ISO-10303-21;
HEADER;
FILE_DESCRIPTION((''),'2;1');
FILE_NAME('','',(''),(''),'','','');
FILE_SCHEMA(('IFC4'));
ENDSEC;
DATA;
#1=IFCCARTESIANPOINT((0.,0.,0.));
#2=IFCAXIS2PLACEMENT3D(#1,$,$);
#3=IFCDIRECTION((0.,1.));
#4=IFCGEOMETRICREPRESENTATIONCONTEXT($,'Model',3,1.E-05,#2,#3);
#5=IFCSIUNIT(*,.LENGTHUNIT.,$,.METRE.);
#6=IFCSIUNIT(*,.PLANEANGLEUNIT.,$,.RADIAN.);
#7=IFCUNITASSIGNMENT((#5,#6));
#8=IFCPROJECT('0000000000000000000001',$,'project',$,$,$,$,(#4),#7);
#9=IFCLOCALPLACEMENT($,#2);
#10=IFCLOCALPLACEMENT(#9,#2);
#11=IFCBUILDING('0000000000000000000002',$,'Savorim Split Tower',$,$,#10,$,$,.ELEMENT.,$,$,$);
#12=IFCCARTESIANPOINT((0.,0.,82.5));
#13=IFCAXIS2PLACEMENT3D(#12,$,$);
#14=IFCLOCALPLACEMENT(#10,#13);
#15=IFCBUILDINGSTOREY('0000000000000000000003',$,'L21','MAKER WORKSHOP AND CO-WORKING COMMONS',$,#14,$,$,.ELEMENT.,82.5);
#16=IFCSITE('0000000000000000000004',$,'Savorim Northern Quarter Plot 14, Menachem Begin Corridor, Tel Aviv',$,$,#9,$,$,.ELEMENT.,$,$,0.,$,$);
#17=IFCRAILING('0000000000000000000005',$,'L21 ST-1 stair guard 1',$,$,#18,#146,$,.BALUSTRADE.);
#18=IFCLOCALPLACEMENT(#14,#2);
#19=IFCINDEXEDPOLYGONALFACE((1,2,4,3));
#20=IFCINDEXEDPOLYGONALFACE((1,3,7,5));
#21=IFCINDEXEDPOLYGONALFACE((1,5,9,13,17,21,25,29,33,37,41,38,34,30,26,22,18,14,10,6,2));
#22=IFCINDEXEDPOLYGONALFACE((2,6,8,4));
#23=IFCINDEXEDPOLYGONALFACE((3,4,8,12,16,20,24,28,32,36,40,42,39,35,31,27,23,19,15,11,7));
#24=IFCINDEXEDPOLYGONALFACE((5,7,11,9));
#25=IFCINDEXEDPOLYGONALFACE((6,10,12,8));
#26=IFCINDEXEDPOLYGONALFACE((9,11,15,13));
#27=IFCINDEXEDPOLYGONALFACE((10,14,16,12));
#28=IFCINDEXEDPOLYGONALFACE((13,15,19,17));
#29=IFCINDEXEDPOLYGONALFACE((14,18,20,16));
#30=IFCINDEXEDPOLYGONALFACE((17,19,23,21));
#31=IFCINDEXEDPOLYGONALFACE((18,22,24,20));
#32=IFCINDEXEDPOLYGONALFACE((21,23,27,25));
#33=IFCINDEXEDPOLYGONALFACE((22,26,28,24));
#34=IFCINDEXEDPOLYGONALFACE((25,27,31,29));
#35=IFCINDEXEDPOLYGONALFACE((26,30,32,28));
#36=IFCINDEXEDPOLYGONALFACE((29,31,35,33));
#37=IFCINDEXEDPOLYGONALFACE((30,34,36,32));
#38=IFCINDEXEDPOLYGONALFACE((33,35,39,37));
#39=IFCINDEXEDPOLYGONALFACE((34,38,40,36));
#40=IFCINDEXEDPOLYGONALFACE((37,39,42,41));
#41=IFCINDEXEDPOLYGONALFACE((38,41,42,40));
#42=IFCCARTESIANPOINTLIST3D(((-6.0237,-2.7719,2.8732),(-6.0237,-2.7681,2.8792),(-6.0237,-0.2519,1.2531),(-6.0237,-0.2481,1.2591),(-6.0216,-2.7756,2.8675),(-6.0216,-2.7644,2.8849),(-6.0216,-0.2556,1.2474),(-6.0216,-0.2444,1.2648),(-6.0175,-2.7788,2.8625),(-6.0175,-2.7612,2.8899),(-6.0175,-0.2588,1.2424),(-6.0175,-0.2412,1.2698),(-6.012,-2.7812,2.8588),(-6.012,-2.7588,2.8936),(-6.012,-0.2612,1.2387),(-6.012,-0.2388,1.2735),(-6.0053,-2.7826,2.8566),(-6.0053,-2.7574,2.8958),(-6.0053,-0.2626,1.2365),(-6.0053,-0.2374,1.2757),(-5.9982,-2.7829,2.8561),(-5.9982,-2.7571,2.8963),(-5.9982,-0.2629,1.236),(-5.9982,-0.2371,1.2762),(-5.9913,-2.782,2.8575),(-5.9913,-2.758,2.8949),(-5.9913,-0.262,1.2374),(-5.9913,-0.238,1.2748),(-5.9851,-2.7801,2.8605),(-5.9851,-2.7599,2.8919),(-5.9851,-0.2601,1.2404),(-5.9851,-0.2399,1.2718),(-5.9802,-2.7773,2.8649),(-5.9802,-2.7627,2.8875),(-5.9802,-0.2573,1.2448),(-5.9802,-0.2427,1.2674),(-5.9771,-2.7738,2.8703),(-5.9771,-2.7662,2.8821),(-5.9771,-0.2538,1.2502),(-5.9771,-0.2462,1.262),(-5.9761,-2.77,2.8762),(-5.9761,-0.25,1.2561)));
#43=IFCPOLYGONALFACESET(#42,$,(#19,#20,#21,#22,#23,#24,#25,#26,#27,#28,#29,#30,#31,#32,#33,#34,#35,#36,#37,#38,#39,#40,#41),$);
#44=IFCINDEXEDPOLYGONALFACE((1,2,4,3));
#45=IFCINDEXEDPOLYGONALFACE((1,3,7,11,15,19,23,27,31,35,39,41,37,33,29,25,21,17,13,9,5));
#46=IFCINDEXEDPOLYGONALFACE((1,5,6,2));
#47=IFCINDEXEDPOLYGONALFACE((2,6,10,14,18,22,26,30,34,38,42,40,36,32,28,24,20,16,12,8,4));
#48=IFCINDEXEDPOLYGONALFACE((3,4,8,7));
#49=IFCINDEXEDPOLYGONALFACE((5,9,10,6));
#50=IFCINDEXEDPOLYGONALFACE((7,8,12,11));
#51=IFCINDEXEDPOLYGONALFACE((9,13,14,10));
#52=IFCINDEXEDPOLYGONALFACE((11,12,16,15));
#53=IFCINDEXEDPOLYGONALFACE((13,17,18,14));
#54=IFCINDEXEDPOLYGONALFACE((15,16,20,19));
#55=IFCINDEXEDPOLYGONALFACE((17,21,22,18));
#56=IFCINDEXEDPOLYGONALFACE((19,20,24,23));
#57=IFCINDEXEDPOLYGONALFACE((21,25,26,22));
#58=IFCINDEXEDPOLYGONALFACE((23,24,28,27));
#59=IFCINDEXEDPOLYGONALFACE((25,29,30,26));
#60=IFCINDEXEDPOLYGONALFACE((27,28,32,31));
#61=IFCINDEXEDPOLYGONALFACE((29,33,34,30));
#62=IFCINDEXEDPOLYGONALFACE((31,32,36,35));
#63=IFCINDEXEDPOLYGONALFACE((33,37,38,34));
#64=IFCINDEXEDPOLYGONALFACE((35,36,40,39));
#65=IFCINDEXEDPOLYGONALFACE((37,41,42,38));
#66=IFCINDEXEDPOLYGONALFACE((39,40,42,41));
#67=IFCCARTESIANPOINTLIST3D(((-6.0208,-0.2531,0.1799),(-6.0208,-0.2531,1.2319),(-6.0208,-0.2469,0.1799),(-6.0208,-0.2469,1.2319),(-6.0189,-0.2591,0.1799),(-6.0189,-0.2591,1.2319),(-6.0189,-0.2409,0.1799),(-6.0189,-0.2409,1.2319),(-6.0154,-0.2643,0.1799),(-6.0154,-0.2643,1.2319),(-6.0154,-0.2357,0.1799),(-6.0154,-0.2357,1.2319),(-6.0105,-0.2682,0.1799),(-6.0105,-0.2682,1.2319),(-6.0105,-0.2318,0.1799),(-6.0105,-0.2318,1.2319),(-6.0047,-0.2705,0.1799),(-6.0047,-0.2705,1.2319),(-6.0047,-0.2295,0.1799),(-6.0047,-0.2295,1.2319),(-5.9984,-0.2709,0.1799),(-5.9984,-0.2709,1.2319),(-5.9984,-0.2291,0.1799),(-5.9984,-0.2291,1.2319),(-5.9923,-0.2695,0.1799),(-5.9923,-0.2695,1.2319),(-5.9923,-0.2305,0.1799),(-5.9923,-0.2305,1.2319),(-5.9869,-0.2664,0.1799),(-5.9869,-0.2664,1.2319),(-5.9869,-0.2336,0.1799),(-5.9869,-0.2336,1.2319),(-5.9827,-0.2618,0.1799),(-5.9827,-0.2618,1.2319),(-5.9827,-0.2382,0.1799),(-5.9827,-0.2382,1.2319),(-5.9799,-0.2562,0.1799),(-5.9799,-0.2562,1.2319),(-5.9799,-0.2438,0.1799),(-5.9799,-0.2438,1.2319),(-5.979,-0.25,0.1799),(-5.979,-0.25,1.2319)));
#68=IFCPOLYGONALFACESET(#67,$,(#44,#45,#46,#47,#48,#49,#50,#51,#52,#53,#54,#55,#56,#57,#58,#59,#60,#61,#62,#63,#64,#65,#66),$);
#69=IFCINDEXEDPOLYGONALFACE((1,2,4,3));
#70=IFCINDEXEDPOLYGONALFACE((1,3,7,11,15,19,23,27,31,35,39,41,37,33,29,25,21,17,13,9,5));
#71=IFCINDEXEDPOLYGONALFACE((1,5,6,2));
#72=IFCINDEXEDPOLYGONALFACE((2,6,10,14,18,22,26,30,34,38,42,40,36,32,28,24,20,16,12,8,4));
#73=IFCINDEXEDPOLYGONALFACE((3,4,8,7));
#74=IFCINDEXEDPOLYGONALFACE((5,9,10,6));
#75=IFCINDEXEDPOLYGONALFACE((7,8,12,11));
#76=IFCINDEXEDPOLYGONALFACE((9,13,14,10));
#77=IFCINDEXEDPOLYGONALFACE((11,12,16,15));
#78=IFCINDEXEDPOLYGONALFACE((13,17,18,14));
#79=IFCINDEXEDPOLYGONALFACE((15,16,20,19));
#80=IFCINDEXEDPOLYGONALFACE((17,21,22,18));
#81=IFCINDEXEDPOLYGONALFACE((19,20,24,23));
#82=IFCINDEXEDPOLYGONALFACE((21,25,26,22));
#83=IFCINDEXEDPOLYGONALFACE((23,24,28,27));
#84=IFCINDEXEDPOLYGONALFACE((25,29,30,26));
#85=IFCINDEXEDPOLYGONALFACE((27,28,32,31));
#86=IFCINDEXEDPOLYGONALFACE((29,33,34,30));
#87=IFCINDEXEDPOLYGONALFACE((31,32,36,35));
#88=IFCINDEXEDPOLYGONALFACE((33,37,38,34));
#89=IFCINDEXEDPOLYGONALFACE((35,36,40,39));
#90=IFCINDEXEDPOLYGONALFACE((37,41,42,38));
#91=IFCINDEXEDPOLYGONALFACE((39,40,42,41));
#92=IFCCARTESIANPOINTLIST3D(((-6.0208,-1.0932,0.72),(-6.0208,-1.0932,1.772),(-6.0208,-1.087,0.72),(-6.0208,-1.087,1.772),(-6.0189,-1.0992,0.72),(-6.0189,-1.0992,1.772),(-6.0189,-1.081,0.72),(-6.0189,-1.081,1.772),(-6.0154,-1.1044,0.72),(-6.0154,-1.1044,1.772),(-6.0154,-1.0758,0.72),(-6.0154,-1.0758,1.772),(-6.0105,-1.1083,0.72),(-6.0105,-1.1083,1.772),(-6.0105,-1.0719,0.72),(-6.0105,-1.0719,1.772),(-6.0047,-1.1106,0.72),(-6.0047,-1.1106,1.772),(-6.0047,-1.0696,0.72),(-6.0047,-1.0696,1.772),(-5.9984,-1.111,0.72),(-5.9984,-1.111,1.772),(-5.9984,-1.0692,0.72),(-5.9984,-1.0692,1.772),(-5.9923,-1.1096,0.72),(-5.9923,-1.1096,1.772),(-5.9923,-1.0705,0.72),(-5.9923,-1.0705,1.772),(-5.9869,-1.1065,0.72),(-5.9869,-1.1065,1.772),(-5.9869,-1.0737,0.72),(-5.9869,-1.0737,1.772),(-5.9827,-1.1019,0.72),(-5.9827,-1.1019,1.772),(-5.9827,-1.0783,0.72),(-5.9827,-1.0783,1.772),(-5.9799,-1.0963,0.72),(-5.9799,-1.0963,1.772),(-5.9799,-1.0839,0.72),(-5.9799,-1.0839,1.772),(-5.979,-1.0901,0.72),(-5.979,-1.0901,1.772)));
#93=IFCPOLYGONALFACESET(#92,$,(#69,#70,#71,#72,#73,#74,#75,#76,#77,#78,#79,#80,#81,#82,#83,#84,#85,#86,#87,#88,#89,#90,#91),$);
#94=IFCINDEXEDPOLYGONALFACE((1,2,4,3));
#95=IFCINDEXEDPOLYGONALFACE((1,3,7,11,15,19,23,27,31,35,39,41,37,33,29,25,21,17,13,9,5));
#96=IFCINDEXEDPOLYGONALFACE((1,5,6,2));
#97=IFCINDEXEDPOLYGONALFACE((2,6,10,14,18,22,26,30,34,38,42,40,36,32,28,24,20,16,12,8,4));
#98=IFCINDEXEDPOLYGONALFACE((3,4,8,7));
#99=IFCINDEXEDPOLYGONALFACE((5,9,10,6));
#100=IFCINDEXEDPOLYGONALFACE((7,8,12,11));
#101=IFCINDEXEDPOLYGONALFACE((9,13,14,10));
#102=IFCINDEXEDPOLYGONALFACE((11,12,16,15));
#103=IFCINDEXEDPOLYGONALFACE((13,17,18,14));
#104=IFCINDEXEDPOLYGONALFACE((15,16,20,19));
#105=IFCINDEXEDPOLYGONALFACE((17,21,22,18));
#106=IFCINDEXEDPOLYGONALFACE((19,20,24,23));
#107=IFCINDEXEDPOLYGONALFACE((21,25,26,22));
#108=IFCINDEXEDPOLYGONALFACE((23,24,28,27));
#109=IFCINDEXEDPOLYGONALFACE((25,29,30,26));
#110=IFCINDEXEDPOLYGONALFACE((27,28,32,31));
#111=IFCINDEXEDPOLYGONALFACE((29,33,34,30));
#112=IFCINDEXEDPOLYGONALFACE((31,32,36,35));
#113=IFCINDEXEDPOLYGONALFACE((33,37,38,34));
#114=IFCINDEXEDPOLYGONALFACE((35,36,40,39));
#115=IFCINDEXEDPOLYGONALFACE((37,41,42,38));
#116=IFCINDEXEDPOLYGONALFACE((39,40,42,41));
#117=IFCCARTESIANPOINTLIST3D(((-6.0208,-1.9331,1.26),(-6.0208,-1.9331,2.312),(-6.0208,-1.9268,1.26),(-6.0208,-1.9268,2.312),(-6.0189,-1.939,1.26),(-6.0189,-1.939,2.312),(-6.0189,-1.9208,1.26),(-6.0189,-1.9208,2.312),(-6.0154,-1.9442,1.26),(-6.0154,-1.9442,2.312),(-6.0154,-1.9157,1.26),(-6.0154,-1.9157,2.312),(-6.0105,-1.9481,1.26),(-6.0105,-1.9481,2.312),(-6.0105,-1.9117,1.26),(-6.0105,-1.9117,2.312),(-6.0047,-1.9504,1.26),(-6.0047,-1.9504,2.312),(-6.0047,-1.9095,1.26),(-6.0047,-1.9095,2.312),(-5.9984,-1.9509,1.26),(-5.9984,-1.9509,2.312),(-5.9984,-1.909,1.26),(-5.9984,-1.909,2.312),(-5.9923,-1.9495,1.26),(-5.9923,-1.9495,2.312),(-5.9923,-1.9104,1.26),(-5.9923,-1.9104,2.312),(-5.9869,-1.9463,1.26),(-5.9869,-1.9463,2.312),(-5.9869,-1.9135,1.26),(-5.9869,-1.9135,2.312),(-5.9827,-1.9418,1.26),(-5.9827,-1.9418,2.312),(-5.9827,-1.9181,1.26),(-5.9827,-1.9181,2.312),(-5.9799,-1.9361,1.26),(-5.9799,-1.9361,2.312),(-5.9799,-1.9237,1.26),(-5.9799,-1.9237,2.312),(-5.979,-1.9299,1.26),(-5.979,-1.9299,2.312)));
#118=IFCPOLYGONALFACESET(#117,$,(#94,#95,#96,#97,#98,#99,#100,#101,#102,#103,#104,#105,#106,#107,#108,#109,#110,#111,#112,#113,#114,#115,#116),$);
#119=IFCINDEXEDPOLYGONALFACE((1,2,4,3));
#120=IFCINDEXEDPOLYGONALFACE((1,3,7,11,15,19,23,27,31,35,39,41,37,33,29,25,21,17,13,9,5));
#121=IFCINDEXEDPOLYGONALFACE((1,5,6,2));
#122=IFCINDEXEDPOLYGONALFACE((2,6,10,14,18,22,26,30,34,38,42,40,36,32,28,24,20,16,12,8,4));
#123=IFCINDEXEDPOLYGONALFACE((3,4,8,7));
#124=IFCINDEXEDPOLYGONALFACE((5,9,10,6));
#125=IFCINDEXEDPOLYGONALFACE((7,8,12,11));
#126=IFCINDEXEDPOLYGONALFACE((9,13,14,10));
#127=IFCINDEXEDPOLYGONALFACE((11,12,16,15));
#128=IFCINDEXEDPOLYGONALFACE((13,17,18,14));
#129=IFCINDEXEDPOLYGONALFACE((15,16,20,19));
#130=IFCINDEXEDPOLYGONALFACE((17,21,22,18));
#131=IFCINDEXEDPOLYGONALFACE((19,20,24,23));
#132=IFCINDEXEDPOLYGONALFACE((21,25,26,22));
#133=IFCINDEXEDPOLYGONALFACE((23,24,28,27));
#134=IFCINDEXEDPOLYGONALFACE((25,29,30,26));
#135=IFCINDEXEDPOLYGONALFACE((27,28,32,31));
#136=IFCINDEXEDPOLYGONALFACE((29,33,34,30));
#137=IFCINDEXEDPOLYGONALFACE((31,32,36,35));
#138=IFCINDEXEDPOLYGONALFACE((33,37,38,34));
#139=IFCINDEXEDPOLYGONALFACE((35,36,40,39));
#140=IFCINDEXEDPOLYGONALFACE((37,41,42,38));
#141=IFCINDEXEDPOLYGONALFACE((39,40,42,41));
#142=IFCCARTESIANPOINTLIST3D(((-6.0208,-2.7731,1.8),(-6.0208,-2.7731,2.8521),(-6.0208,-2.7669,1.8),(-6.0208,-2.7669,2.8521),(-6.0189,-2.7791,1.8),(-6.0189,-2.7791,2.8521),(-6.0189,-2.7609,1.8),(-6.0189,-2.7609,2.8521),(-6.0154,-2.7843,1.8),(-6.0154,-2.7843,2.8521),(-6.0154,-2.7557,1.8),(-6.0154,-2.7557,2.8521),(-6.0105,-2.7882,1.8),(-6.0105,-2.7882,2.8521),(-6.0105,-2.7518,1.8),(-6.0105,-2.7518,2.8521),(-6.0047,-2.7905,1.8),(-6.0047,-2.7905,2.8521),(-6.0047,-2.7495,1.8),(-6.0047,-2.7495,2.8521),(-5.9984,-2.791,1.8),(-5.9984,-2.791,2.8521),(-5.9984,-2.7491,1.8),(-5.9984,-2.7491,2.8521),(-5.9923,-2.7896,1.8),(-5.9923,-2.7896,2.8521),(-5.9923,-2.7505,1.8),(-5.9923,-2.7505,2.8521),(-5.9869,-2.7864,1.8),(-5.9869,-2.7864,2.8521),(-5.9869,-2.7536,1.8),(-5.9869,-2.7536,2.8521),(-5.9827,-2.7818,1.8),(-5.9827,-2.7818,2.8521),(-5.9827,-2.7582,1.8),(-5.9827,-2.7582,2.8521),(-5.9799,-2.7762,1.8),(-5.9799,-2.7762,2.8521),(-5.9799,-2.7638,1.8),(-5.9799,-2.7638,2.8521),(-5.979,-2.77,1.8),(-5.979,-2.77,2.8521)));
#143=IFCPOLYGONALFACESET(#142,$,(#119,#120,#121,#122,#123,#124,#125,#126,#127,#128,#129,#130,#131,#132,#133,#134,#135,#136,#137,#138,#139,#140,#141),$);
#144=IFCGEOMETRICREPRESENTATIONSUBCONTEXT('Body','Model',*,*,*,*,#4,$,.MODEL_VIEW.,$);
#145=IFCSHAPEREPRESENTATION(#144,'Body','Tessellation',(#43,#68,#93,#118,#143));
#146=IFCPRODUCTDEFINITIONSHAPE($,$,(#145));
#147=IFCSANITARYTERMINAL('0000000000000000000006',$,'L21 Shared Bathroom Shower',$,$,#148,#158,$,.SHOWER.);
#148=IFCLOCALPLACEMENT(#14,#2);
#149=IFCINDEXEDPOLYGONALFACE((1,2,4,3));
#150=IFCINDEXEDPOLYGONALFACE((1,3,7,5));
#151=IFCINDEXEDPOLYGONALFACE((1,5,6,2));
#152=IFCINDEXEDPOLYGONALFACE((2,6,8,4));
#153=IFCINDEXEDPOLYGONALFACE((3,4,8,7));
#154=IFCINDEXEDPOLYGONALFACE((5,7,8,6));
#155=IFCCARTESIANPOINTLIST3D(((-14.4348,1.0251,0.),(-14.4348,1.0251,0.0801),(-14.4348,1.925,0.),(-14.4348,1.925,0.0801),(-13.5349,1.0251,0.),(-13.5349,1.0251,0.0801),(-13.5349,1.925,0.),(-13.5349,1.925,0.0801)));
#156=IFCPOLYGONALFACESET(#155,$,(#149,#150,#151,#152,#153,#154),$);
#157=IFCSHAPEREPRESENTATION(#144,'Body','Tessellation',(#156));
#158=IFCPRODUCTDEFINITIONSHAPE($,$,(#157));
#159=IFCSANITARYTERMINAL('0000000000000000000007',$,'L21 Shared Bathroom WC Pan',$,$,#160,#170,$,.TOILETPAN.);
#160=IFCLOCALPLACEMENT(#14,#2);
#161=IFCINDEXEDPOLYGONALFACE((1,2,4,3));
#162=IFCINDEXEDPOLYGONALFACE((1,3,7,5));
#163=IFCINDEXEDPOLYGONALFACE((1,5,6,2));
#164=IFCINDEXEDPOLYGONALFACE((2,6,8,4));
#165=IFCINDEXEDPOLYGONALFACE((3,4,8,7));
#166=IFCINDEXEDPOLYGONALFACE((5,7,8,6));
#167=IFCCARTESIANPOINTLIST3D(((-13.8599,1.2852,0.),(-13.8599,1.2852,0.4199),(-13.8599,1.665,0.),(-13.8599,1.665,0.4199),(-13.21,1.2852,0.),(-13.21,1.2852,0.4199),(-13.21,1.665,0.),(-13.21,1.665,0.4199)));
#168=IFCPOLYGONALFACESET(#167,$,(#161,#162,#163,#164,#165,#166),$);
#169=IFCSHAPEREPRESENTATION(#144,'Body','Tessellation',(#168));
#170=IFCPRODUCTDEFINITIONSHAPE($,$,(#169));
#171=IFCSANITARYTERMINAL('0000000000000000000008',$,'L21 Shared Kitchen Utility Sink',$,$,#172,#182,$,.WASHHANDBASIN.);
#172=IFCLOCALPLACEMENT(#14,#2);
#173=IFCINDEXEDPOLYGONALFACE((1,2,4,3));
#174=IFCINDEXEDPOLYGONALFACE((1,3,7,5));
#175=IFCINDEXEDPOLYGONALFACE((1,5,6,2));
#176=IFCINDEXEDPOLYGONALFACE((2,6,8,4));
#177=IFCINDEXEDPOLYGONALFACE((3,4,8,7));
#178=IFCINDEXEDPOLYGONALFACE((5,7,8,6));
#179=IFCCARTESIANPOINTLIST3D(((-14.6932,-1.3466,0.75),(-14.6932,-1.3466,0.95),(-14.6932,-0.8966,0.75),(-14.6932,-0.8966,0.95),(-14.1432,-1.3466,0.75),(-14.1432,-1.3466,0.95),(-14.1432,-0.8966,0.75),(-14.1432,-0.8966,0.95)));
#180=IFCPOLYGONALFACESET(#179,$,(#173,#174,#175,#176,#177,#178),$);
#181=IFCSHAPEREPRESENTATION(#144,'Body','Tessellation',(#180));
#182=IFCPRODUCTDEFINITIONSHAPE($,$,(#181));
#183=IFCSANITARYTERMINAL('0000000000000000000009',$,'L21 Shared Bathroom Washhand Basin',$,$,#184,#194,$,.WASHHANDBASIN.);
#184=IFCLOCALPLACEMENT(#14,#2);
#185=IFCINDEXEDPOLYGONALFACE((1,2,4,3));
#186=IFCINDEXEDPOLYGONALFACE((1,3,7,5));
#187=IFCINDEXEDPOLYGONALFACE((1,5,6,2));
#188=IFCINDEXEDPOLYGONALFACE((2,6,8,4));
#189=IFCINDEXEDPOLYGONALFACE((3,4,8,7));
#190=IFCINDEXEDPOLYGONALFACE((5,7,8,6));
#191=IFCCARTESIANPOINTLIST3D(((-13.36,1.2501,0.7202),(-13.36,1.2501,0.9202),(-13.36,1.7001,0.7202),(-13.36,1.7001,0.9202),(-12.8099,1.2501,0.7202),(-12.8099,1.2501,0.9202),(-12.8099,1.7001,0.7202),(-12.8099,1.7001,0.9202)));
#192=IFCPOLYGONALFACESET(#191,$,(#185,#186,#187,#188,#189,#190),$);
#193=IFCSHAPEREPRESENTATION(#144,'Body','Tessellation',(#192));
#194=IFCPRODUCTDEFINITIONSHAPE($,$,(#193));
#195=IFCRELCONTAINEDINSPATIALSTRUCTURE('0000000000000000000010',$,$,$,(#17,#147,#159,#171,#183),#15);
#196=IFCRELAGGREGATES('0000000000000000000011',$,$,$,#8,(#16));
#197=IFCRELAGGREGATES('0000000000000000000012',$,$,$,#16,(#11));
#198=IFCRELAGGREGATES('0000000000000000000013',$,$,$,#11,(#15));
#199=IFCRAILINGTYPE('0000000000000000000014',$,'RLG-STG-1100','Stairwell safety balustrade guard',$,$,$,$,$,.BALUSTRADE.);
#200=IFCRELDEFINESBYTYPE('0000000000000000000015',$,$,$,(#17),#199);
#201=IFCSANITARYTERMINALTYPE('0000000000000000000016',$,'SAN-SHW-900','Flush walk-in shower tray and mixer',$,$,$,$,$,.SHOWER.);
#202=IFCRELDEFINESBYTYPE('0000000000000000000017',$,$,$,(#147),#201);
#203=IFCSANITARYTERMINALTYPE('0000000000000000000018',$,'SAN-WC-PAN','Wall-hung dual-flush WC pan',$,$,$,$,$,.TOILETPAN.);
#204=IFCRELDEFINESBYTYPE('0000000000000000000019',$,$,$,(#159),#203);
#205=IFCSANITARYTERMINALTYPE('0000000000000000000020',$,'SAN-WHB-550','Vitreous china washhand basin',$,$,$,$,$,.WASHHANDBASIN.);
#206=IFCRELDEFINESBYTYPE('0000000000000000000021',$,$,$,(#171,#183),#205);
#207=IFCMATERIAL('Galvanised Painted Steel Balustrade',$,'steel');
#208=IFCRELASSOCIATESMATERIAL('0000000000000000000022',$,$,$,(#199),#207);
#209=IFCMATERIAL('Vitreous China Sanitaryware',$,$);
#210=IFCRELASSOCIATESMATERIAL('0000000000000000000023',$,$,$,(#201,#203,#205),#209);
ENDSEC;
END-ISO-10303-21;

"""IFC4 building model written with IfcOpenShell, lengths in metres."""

from ifc_helpers import new_model, si_unit, direction, frame, origin, origin_2d, place, context, subcontext, project, spatial, rectangle, circle, extrude, material, type_object, element, save


model = new_model("IFC4")

# Units and contexts
model_context = context("Model", 3, precision=1e-05, world=origin(), true_north=direction((0.0, 1.0)))
body_context = subcontext(model_context, "Body", "Model", "MODEL_VIEW")
ifc_project = project(units=[si_unit("LENGTHUNIT", "METRE"), si_unit("PLANEANGLEUNIT", "RADIAN")], contexts=[model_context])

# Site, building, storey
site_placement = place(None, origin())
site = spatial("IfcSite", under=ifc_project, at=site_placement, Name="Savorim Northern Quarter Plot 14, Menachem Begin Corridor, Tel Aviv", CompositionType="ELEMENT", RefElevation=0.0)
building_placement = place(site_placement, origin())
building = spatial("IfcBuilding", under=site, at=building_placement, Name="Savorim Split Tower", CompositionType="ELEMENT")
storey_placement = place(building_placement, frame((0.0, 0.0, 82.5)))
storey = spatial("IfcBuildingStorey", under=building, at=storey_placement, Name="L21", Description="MAKER WORKSHOP AND CO-WORKING COMMONS", CompositionType="ELEMENT", Elevation=82.5)

# Railing
ifc_material_1 = material(Name="Galvanised Painted Steel Balustrade", Category="steel")
railing_type_1 = type_object("IfcRailingType", Name="RLG-STG-1100", Description="Stairwell safety balustrade guard", PredefinedType="BALUSTRADE", material=ifc_material_1)
railing_1_placement = place(storey_placement, frame((-6.0, -0.25, 0.1799)))
element("IfcRailing", 1, at=railing_1_placement, inside=storey, type_object=railing_type_1, Name="L21 ST-1 stair guard 1", PredefinedType="BALUSTRADE", context=body_context, shape_type="SweptSolid", body=[
    extrude(circle(Radius=0.0239, at=origin_2d()), frame((0.0, 0.0, 1.0762), z_axis=(0.0, -0.841163, 0.540782), x_axis=(1.0, 0.0, 0.0)), (0.0, 0.0, 1.0), 2.9958),
    extrude(circle(Radius=0.021, at=origin_2d()), origin(), (0.0, 0.0, 1.0), 1.052),
    extrude(circle(Radius=0.021, at=origin_2d()), frame((0.0, -0.8401, 0.54)), (0.0, 0.0, 1.0), 1.052),
    extrude(circle(Radius=0.021, at=origin_2d()), frame((0.0, -1.6799, 1.0801)), (0.0, 0.0, 1.0), 1.052),
    extrude(circle(Radius=0.021, at=origin_2d()), frame((0.0, -2.52, 1.6201)), (0.0, 0.0, 1.0), 1.052),
])

# Sanitary terminals
ifc_material_2 = material(Name="Vitreous China Sanitaryware")
sanitary_terminal_type_1 = type_object("IfcSanitaryTerminalType", Name="SAN-SHW-900", Description="Flush walk-in shower tray and mixer", PredefinedType="SHOWER", material=ifc_material_2)
sanitary_terminal_1_placement = place(storey_placement, frame((-13.9849, 1.4751, 0.0), z_axis=(0.0, 0.0, 1.0), x_axis=(1.0, 0.0, 0.0)))
element("IfcSanitaryTerminal", 2, at=sanitary_terminal_1_placement, inside=storey, type_object=sanitary_terminal_type_1, Name="L21 Shared Bathroom Shower", PredefinedType="SHOWER", context=body_context, shape_type="SweptSolid", body=[
    extrude(rectangle(XDim=0.8999, YDim=0.8999, at=origin_2d()), origin(), (0.0, 0.0, 1.0), 0.0801),
])
sanitary_terminal_type_2 = type_object("IfcSanitaryTerminalType", Name="SAN-WC-PAN", Description="Wall-hung dual-flush WC pan", PredefinedType="TOILETPAN", material=ifc_material_2)
sanitary_terminal_2_placement = place(storey_placement, frame((-13.5349, 1.4751, 0.0), z_axis=(0.0, 0.0, 1.0), x_axis=(1.0, 0.0, 0.0)))
element("IfcSanitaryTerminal", 3, at=sanitary_terminal_2_placement, inside=storey, type_object=sanitary_terminal_type_2, Name="L21 Shared Bathroom WC Pan", PredefinedType="TOILETPAN", context=body_context, shape_type="SweptSolid", body=[
    extrude(rectangle(XDim=0.6499, YDim=0.3799, at=origin_2d()), origin(), (0.0, 0.0, 1.0), 0.4199),
])
sanitary_terminal_type_3 = type_object("IfcSanitaryTerminalType", Name="SAN-WHB-550", Description="Vitreous china washhand basin", PredefinedType="WASHHANDBASIN", material=ifc_material_2)
for number, where, z_axis, x_axis, name in (
    (4, (-14.4182, -1.1216, 0.75), (0.0, 0.0, 1.0), (1.0, 0.0, 0.0), "L21 Shared Kitchen Utility Sink"),
    (5, (-13.085, 1.4751, 0.7202), (0.0, 0.0, 1.0), (1.0, 0.0, 0.0), "L21 Shared Bathroom Washhand Basin"),
):
    element("IfcSanitaryTerminal", number, at=place(storey_placement, frame(where, z_axis=z_axis, x_axis=x_axis)), inside=storey, type_object=sanitary_terminal_type_3, Name=name, PredefinedType="WASHHANDBASIN", context=body_context, shape_type="SweptSolid", body=[
        extrude(rectangle(XDim=0.55, YDim=0.45, at=origin_2d()), origin(), (0.0, 0.0, 1.0), 0.2),
    ])

save(model, "model.ifc")
